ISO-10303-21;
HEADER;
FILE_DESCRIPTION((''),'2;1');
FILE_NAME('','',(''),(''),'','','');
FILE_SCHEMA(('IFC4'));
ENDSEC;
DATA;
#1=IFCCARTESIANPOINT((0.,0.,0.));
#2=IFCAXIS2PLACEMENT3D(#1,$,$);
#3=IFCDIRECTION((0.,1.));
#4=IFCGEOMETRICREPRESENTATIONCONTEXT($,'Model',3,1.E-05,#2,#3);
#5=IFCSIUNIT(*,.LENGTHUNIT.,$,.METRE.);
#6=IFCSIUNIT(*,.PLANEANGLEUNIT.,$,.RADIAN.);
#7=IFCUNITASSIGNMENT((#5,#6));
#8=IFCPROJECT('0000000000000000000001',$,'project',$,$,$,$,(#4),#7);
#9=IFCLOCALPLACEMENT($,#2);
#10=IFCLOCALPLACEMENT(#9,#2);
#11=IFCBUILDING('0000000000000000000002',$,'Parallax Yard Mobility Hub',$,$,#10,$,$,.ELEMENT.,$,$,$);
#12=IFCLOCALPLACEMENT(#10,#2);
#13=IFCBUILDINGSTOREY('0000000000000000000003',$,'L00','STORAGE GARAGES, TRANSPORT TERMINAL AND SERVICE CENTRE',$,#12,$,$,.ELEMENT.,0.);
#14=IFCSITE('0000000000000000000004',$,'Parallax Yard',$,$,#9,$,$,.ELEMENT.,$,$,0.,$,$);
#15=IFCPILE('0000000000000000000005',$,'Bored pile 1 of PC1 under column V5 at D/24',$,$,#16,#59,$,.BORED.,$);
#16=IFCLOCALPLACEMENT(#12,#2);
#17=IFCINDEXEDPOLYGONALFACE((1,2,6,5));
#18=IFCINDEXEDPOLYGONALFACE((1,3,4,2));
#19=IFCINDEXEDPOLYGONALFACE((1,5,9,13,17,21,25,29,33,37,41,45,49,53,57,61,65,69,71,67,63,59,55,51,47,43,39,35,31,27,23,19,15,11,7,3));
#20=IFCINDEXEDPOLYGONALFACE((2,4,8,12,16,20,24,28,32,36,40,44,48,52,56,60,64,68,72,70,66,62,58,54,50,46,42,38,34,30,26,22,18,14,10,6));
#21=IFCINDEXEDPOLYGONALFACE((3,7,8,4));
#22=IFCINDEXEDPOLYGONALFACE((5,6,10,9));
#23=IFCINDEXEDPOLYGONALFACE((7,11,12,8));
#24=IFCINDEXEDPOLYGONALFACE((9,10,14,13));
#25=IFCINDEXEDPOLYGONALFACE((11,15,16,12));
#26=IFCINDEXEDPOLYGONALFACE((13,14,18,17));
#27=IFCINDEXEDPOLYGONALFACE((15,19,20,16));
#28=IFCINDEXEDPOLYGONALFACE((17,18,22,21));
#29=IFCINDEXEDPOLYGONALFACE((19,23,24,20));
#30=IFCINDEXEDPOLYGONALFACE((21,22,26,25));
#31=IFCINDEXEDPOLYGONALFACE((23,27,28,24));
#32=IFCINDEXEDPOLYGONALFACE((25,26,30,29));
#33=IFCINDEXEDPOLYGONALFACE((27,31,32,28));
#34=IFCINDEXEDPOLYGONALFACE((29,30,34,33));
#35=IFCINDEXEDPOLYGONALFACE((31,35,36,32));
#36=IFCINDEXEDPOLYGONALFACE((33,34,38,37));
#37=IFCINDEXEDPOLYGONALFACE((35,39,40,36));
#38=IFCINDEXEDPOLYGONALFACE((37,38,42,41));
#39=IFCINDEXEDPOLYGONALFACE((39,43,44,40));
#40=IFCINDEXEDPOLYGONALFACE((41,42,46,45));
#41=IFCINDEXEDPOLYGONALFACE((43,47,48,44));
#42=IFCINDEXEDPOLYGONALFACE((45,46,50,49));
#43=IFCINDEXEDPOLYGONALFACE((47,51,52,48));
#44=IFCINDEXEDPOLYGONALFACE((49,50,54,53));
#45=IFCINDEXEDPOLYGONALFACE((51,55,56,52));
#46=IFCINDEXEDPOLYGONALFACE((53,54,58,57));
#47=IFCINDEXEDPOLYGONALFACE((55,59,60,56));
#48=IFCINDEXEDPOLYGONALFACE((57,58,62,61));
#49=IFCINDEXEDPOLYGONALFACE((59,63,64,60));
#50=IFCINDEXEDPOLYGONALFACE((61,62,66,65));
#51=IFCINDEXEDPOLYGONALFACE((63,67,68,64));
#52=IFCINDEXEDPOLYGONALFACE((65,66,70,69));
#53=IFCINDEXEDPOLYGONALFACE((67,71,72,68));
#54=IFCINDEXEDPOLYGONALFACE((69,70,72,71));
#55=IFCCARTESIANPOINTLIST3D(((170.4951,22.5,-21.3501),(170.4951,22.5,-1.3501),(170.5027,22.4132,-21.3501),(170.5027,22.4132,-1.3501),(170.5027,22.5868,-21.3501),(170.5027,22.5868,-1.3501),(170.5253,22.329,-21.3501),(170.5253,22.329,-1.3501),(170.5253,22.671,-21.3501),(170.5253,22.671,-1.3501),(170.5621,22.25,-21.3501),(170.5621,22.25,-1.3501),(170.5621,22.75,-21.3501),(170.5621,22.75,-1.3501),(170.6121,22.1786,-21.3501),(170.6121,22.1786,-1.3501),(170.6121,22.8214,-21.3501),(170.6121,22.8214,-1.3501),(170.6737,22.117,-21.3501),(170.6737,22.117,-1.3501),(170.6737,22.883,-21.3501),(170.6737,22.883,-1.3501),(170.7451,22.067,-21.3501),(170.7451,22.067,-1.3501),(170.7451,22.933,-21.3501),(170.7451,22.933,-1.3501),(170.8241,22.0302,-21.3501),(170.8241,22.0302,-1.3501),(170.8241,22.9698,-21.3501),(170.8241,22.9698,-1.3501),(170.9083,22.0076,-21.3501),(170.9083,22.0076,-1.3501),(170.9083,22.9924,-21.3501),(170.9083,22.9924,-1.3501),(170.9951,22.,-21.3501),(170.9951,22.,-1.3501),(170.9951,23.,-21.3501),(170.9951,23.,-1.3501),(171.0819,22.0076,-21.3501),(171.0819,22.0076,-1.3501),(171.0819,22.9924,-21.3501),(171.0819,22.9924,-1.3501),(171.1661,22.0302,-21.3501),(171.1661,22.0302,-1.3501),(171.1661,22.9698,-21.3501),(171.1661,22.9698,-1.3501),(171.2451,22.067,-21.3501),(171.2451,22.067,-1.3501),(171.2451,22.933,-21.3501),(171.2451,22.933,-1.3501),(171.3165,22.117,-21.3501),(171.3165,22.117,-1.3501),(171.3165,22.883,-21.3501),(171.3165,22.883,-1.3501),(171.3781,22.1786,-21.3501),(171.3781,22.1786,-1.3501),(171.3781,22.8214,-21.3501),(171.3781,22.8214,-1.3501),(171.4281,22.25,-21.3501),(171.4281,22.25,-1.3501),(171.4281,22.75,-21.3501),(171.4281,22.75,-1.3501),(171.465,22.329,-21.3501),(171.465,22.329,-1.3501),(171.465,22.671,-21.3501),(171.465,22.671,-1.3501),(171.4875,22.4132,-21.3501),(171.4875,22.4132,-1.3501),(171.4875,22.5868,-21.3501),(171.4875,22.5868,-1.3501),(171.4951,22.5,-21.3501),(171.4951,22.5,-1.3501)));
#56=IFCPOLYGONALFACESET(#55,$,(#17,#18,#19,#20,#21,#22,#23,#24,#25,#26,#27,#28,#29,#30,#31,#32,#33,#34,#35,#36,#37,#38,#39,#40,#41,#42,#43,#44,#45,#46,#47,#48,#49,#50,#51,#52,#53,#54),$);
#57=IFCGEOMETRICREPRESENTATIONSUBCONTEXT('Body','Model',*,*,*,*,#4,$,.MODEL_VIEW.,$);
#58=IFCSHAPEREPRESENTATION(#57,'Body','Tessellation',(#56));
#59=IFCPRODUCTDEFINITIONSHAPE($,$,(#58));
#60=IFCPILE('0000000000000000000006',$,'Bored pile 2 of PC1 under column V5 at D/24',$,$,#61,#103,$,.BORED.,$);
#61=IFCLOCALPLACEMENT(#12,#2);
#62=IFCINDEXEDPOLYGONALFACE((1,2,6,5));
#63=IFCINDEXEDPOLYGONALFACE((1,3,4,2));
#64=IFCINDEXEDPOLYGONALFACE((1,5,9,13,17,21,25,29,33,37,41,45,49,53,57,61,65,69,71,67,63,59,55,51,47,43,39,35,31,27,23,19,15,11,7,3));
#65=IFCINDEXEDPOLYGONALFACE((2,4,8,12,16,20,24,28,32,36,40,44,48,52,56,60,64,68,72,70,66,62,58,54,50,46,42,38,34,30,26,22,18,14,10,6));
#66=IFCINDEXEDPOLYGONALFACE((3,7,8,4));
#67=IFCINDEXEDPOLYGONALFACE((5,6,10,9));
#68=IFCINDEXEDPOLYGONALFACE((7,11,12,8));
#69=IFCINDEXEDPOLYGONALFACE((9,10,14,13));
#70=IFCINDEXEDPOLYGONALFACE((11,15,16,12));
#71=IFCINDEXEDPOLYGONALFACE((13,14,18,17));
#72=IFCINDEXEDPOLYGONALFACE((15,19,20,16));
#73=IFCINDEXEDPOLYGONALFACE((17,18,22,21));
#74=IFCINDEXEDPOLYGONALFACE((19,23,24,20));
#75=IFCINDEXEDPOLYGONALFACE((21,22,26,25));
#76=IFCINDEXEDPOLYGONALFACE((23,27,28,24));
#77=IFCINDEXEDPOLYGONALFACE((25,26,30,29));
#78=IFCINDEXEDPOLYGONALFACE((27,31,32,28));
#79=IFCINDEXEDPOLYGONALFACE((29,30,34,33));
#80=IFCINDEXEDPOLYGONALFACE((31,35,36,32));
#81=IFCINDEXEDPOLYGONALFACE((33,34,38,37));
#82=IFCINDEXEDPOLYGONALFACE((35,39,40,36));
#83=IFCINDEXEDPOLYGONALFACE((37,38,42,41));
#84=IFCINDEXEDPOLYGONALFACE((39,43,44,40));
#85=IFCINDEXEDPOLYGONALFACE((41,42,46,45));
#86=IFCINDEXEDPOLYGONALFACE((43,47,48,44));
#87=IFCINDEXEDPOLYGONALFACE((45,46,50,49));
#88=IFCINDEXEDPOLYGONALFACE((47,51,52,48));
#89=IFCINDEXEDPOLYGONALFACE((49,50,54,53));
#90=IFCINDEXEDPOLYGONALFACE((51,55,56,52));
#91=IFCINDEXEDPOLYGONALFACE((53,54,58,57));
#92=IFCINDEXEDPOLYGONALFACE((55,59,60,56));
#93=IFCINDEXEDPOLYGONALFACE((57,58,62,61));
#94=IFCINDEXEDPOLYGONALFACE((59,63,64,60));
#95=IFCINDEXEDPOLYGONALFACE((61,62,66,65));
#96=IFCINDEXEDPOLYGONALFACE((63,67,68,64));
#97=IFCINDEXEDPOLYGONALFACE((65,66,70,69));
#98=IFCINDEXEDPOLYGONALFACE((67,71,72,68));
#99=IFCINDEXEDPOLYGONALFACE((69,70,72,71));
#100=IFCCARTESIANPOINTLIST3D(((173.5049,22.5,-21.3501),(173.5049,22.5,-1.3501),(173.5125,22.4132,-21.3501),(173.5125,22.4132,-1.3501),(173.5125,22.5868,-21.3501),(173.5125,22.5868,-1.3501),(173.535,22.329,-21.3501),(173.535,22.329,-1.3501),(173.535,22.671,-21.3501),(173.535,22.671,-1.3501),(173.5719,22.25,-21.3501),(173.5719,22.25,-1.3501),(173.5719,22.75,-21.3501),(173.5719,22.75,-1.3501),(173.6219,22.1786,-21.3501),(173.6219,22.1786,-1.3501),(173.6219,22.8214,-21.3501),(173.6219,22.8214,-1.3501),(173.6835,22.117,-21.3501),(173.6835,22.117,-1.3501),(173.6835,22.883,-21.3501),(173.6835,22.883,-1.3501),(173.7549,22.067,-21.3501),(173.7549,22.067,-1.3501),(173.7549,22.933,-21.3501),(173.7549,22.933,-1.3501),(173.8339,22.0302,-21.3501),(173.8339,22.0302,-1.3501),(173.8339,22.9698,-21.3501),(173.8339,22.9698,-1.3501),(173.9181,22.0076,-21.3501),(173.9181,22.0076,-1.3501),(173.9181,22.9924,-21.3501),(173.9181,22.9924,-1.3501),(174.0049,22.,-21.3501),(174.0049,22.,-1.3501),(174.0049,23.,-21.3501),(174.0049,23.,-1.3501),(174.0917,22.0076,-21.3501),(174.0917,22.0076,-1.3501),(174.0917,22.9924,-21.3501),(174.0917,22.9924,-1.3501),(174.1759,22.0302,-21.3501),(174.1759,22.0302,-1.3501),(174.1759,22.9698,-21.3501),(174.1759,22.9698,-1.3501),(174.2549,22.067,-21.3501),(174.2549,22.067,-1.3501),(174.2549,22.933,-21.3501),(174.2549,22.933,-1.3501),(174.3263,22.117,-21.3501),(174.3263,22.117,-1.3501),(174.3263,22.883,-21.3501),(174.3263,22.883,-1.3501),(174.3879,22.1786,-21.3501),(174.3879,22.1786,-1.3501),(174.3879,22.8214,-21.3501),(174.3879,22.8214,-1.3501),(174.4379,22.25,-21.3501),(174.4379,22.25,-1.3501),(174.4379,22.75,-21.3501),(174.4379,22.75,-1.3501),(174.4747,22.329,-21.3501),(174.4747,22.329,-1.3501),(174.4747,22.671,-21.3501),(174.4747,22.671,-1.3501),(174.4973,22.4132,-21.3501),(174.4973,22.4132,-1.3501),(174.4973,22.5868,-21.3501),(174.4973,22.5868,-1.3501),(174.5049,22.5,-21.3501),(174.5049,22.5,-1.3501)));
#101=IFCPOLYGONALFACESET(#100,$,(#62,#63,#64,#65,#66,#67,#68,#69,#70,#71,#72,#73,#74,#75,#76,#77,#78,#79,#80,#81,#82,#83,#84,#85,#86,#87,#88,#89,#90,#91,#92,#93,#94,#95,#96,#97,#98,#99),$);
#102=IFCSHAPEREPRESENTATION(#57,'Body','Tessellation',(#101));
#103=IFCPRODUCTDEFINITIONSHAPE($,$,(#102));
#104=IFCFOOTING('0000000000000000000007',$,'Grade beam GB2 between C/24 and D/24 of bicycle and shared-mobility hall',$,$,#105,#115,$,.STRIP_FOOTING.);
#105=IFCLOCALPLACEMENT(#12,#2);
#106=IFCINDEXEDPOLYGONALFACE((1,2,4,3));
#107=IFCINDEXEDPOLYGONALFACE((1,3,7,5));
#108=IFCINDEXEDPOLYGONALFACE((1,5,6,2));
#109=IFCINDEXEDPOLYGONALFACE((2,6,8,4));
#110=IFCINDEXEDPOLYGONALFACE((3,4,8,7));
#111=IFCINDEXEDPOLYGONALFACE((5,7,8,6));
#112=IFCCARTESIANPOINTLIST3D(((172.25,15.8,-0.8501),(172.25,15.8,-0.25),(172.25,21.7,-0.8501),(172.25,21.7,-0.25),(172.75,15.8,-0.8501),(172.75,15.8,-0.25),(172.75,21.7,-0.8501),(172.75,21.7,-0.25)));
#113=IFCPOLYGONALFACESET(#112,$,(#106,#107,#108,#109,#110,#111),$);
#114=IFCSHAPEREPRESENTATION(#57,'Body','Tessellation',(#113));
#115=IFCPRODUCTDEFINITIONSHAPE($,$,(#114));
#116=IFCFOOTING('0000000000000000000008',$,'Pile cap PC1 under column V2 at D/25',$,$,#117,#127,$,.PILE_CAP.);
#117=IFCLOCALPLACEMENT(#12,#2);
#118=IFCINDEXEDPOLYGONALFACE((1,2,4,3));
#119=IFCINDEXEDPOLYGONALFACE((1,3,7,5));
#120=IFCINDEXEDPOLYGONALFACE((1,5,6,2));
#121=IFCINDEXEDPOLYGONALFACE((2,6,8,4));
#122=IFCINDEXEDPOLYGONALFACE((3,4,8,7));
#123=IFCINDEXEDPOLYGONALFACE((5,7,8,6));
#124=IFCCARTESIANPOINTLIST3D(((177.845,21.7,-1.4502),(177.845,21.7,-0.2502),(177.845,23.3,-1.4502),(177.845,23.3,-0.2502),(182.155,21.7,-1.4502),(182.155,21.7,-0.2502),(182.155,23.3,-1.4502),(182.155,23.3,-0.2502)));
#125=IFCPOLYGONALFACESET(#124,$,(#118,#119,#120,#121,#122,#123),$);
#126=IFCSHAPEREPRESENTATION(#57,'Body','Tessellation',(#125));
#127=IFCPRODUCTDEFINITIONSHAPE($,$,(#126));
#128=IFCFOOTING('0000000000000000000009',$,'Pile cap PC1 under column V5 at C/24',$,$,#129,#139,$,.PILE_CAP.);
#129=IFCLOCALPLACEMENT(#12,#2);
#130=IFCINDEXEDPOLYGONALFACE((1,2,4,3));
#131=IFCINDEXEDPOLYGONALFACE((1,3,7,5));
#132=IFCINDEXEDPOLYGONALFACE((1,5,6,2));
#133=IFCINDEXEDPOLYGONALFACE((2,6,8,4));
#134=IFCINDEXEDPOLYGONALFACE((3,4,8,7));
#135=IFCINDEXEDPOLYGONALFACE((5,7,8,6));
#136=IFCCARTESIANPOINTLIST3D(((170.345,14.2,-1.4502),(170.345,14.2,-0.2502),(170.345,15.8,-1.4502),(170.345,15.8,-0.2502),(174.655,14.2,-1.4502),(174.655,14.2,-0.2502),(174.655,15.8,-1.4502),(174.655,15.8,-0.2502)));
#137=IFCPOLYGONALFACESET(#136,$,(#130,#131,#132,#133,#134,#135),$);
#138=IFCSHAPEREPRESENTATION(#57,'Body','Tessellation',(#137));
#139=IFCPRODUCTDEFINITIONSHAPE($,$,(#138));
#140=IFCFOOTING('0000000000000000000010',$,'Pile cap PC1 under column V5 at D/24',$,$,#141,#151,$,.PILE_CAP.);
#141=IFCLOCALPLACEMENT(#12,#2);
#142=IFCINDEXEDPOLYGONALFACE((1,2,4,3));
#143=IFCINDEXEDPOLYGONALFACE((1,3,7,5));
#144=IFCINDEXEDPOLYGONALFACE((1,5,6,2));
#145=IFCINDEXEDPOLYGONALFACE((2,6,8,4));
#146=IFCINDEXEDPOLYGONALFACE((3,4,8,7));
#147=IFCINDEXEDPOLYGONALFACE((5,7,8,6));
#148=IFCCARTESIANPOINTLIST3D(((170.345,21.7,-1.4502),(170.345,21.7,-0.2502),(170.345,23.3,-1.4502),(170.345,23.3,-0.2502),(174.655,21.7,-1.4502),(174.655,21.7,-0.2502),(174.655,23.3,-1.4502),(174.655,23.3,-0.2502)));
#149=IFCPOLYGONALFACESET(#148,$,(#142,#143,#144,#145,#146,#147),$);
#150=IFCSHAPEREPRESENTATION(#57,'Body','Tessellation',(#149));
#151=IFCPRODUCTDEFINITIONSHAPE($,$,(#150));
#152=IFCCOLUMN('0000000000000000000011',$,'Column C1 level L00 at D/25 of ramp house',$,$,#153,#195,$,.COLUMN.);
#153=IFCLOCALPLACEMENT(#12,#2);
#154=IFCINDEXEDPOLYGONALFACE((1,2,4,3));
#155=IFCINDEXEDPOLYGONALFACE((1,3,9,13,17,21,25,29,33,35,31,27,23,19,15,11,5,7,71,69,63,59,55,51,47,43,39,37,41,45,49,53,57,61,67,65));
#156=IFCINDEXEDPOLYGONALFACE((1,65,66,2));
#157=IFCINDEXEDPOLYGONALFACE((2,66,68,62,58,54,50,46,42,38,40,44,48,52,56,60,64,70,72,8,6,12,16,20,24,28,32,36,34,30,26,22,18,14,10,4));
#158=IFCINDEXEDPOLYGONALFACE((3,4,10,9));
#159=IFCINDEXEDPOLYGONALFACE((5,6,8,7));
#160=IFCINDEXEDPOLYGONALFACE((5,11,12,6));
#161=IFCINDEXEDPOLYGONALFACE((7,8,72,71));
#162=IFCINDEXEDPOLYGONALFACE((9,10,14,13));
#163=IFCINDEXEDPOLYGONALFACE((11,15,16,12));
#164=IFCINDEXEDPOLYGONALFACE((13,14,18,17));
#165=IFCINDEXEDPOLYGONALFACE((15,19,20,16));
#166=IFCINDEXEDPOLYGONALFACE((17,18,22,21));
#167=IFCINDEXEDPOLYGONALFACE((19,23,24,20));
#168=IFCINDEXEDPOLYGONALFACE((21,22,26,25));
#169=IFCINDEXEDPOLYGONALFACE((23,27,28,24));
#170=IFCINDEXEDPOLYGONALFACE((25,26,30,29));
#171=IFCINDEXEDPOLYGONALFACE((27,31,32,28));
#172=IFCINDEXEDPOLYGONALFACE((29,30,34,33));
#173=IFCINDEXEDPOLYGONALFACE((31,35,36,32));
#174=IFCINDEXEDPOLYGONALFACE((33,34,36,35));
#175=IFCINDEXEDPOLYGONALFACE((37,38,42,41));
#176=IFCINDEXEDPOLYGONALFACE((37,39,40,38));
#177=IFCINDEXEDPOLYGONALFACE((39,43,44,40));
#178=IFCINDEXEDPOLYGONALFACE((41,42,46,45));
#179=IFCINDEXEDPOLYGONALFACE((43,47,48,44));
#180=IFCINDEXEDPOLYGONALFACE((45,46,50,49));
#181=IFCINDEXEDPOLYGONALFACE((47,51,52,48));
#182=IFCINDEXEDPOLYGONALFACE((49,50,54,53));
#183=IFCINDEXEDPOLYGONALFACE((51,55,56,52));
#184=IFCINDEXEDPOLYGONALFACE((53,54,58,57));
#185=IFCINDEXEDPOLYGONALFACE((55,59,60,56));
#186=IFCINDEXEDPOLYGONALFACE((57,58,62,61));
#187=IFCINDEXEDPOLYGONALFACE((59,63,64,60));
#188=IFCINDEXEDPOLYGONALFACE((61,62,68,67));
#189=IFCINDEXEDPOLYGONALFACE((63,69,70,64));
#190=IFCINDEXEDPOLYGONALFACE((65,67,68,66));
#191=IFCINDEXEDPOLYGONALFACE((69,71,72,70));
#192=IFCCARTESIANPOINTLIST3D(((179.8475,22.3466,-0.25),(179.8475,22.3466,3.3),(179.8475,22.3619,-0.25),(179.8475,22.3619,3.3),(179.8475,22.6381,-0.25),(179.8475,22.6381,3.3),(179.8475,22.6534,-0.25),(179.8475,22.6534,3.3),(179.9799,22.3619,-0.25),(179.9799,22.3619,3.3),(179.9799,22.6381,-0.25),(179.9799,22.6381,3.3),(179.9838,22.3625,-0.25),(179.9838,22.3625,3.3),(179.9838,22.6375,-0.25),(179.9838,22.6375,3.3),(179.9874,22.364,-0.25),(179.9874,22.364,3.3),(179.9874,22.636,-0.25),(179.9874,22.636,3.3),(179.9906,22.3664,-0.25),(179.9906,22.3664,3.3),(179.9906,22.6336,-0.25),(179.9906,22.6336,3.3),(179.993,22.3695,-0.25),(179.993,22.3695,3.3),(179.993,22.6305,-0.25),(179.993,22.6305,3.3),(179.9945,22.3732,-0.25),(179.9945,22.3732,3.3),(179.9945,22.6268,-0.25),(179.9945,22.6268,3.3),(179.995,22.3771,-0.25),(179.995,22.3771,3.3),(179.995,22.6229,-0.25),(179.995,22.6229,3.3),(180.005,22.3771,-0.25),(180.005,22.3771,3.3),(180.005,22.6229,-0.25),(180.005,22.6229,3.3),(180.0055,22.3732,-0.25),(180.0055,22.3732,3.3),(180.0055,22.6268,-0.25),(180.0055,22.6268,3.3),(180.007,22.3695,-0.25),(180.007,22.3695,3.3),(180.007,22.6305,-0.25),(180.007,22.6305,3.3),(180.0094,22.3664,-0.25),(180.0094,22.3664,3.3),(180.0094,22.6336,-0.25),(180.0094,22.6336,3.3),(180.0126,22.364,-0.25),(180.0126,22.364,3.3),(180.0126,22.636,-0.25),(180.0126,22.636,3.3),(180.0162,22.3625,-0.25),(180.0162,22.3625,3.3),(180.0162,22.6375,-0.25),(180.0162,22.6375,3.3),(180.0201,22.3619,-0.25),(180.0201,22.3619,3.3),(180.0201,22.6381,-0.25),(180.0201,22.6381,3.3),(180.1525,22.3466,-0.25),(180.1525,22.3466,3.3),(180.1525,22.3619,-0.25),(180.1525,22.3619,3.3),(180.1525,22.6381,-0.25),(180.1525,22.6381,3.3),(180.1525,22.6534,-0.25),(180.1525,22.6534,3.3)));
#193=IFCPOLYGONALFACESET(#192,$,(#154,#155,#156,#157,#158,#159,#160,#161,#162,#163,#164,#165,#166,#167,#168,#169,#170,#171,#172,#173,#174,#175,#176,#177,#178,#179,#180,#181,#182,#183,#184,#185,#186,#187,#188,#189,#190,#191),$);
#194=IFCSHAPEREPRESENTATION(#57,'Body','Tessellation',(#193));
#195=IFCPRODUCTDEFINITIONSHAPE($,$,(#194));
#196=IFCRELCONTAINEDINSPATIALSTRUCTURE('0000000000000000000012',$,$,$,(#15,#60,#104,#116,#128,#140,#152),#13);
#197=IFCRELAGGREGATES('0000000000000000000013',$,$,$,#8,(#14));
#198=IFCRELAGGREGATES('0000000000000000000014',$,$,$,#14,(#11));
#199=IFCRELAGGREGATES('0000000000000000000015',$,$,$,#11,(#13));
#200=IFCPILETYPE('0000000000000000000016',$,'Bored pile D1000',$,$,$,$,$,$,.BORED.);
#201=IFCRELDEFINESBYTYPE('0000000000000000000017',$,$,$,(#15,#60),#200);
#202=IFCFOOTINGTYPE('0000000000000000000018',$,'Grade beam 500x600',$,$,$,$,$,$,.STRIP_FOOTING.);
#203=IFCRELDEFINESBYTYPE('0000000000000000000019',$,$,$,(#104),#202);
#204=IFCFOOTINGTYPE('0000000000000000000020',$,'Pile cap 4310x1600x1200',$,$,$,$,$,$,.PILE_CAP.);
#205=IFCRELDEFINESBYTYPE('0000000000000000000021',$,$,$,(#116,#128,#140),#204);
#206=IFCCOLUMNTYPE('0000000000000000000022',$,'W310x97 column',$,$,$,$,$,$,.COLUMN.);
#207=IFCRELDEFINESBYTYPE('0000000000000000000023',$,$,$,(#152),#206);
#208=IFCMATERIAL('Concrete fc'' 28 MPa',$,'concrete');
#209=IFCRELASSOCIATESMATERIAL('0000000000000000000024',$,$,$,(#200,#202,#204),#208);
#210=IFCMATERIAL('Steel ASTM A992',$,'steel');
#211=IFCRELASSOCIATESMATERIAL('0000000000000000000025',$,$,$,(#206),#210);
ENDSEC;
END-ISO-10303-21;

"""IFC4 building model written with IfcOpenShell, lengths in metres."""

from ifc_helpers import new_model, si_unit, direction, frame, origin, origin_2d, place, context, subcontext, project, spatial, rectangle, circle, i_section, extrude, material, material_profile, profile_set, type_object, element, save


model = new_model("IFC4")

# Units and contexts
model_context = context("Model", 3, precision=1e-05, world=origin(), true_north=direction((0.0, 1.0)))
body_context = subcontext(model_context, "Body", "Model", "MODEL_VIEW")
ifc_project = project(units=[si_unit("LENGTHUNIT", "METRE"), si_unit("PLANEANGLEUNIT", "RADIAN")], contexts=[model_context])

# Site, building, storey
site_placement = place(None, origin())
site = spatial("IfcSite", under=ifc_project, at=site_placement, Name="Parallax Yard", CompositionType="ELEMENT", RefElevation=0.0)
building_placement = place(site_placement, origin())
building = spatial("IfcBuilding", under=site, at=building_placement, Name="Parallax Yard Mobility Hub", CompositionType="ELEMENT")
storey_placement = place(building_placement, origin())
storey = spatial("IfcBuildingStorey", under=building, at=storey_placement, Name="L00", Description="STORAGE GARAGES, TRANSPORT TERMINAL AND SERVICE CENTRE", CompositionType="ELEMENT", Elevation=0.0)

# Piles
ifc_material_1 = material(Name="Concrete fc' 28 MPa", Category="concrete")
ifc_material_profile_1 = material_profile(ifc_material_1, circle(Radius=0.5, at=origin_2d()), Name="Bored pile D1000")
ifc_profile_set_1 = profile_set([ifc_material_profile_1], Name="Concrete fc' 28 MPa")
pile_type = type_object("IfcPileType", Name="Bored pile D1000", PredefinedType="BORED", material=ifc_profile_set_1)
for number, where, z_axis, x_axis, name in (
    (1, (170.9951, 22.5, -1.3501), (0.0, 0.0, -1.0), (1.0, 0.0, 0.0), "Bored pile 1 of PC1 under column V5 at D/24"),
    (2, (174.0049, 22.5, -1.3501), (0.0, 0.0, -1.0), (1.0, 0.0, 0.0), "Bored pile 2 of PC1 under column V5 at D/24"),
):
    element("IfcPile", number, at=place(storey_placement, frame(where, z_axis=z_axis, x_axis=x_axis)), inside=storey, type_object=pile_type, Name=name, PredefinedType="BORED", context=body_context, shape_type="SweptSolid", body=[
        extrude(circle(Radius=0.5, at=origin_2d()), origin(), (0.0, 0.0, 1.0), 20.0),
    ])

# Footings
ifc_material_profile_2 = material_profile(ifc_material_1, rectangle(XDim=0.5, YDim=0.6001, at=origin_2d()), Name="Grade beam 500x600")
ifc_profile_set_2 = profile_set([ifc_material_profile_2], Name="Concrete fc' 28 MPa")
footing_type_1 = type_object("IfcFootingType", Name="Grade beam 500x600", PredefinedType="STRIP_FOOTING", material=ifc_profile_set_2)
footing_placement = place(storey_placement, frame((172.5, 15.8, -0.55), z_axis=(0.0, 1.0, 0.0), x_axis=(-1.0, 0.0, 0.0)))
element("IfcFooting", 3, at=footing_placement, inside=storey, type_object=footing_type_1, Name="Grade beam GB2 between C/24 and D/24 of bicycle and shared-mobility hall", PredefinedType="STRIP_FOOTING", context=body_context, shape_type="SweptSolid", body=[
    extrude(rectangle(XDim=0.5, YDim=0.6001, at=origin_2d()), origin(), (0.0, 0.0, 1.0), 5.8999),
])
footing_type_2 = type_object("IfcFootingType", Name="Pile cap 4310x1600x1200", PredefinedType="PILE_CAP", material=ifc_material_1)
for number, where, z_axis, x_axis, name in (
    (4, (180.0, 22.5, -1.4502), (0.0, 0.0, 1.0), (1.0, 0.0, 0.0), "Pile cap PC1 under column V2 at D/25"),
    (5, (172.5, 15.0, -1.4502), (0.0, 0.0, 1.0), (1.0, 0.0, 0.0), "Pile cap PC1 under column V5 at C/24"),
    (6, (172.5, 22.5, -1.4502), (0.0, 0.0, 1.0), (1.0, 0.0, 0.0), "Pile cap PC1 under column V5 at D/24"),
):
    element("IfcFooting", number, at=place(storey_placement, frame(where, z_axis=z_axis, x_axis=x_axis)), inside=storey, type_object=footing_type_2, Name=name, PredefinedType="PILE_CAP", context=body_context, shape_type="SweptSolid", body=[
        extrude(rectangle(XDim=4.3101, YDim=1.6001, at=origin_2d()), origin(), (0.0, 0.0, 1.0), 1.2),
    ])

# Column
ifc_material_2 = material(Name="Steel ASTM A992", Category="steel")
ifc_material_profile_3 = material_profile(ifc_material_2, i_section(OverallWidth=0.3049, OverallDepth=0.3069, WebThickness=0.01, FlangeThickness=0.0154, FilletRadius=0.0151, at=origin_2d()), Name="W310x97")
ifc_profile_set_3 = profile_set([ifc_material_profile_3], Name="Steel ASTM A992")
column_type = type_object("IfcColumnType", Name="W310x97 column", PredefinedType="COLUMN", material=ifc_profile_set_3)
for number, where, z_axis, x_axis, name in (
    (7, (180.0, 22.5, -0.25), (0.0, 0.0, 1.0), (1.0, 0.0, 0.0), "Column C1 level L00 at D/25 of ramp house"),
):
    element("IfcColumn", number, at=place(storey_placement, frame(where, z_axis=z_axis, x_axis=x_axis)), inside=storey, type_object=column_type, Name=name, PredefinedType="COLUMN", context=body_context, shape_type="SweptSolid", body=[
        extrude(i_section(OverallWidth=0.3049, OverallDepth=0.3069, WebThickness=0.01, FlangeThickness=0.0154, FilletRadius=0.0151, at=origin_2d()), origin(), (0.0, 0.0, 1.0), 3.55),
    ])

save(model, "model.ifc")
